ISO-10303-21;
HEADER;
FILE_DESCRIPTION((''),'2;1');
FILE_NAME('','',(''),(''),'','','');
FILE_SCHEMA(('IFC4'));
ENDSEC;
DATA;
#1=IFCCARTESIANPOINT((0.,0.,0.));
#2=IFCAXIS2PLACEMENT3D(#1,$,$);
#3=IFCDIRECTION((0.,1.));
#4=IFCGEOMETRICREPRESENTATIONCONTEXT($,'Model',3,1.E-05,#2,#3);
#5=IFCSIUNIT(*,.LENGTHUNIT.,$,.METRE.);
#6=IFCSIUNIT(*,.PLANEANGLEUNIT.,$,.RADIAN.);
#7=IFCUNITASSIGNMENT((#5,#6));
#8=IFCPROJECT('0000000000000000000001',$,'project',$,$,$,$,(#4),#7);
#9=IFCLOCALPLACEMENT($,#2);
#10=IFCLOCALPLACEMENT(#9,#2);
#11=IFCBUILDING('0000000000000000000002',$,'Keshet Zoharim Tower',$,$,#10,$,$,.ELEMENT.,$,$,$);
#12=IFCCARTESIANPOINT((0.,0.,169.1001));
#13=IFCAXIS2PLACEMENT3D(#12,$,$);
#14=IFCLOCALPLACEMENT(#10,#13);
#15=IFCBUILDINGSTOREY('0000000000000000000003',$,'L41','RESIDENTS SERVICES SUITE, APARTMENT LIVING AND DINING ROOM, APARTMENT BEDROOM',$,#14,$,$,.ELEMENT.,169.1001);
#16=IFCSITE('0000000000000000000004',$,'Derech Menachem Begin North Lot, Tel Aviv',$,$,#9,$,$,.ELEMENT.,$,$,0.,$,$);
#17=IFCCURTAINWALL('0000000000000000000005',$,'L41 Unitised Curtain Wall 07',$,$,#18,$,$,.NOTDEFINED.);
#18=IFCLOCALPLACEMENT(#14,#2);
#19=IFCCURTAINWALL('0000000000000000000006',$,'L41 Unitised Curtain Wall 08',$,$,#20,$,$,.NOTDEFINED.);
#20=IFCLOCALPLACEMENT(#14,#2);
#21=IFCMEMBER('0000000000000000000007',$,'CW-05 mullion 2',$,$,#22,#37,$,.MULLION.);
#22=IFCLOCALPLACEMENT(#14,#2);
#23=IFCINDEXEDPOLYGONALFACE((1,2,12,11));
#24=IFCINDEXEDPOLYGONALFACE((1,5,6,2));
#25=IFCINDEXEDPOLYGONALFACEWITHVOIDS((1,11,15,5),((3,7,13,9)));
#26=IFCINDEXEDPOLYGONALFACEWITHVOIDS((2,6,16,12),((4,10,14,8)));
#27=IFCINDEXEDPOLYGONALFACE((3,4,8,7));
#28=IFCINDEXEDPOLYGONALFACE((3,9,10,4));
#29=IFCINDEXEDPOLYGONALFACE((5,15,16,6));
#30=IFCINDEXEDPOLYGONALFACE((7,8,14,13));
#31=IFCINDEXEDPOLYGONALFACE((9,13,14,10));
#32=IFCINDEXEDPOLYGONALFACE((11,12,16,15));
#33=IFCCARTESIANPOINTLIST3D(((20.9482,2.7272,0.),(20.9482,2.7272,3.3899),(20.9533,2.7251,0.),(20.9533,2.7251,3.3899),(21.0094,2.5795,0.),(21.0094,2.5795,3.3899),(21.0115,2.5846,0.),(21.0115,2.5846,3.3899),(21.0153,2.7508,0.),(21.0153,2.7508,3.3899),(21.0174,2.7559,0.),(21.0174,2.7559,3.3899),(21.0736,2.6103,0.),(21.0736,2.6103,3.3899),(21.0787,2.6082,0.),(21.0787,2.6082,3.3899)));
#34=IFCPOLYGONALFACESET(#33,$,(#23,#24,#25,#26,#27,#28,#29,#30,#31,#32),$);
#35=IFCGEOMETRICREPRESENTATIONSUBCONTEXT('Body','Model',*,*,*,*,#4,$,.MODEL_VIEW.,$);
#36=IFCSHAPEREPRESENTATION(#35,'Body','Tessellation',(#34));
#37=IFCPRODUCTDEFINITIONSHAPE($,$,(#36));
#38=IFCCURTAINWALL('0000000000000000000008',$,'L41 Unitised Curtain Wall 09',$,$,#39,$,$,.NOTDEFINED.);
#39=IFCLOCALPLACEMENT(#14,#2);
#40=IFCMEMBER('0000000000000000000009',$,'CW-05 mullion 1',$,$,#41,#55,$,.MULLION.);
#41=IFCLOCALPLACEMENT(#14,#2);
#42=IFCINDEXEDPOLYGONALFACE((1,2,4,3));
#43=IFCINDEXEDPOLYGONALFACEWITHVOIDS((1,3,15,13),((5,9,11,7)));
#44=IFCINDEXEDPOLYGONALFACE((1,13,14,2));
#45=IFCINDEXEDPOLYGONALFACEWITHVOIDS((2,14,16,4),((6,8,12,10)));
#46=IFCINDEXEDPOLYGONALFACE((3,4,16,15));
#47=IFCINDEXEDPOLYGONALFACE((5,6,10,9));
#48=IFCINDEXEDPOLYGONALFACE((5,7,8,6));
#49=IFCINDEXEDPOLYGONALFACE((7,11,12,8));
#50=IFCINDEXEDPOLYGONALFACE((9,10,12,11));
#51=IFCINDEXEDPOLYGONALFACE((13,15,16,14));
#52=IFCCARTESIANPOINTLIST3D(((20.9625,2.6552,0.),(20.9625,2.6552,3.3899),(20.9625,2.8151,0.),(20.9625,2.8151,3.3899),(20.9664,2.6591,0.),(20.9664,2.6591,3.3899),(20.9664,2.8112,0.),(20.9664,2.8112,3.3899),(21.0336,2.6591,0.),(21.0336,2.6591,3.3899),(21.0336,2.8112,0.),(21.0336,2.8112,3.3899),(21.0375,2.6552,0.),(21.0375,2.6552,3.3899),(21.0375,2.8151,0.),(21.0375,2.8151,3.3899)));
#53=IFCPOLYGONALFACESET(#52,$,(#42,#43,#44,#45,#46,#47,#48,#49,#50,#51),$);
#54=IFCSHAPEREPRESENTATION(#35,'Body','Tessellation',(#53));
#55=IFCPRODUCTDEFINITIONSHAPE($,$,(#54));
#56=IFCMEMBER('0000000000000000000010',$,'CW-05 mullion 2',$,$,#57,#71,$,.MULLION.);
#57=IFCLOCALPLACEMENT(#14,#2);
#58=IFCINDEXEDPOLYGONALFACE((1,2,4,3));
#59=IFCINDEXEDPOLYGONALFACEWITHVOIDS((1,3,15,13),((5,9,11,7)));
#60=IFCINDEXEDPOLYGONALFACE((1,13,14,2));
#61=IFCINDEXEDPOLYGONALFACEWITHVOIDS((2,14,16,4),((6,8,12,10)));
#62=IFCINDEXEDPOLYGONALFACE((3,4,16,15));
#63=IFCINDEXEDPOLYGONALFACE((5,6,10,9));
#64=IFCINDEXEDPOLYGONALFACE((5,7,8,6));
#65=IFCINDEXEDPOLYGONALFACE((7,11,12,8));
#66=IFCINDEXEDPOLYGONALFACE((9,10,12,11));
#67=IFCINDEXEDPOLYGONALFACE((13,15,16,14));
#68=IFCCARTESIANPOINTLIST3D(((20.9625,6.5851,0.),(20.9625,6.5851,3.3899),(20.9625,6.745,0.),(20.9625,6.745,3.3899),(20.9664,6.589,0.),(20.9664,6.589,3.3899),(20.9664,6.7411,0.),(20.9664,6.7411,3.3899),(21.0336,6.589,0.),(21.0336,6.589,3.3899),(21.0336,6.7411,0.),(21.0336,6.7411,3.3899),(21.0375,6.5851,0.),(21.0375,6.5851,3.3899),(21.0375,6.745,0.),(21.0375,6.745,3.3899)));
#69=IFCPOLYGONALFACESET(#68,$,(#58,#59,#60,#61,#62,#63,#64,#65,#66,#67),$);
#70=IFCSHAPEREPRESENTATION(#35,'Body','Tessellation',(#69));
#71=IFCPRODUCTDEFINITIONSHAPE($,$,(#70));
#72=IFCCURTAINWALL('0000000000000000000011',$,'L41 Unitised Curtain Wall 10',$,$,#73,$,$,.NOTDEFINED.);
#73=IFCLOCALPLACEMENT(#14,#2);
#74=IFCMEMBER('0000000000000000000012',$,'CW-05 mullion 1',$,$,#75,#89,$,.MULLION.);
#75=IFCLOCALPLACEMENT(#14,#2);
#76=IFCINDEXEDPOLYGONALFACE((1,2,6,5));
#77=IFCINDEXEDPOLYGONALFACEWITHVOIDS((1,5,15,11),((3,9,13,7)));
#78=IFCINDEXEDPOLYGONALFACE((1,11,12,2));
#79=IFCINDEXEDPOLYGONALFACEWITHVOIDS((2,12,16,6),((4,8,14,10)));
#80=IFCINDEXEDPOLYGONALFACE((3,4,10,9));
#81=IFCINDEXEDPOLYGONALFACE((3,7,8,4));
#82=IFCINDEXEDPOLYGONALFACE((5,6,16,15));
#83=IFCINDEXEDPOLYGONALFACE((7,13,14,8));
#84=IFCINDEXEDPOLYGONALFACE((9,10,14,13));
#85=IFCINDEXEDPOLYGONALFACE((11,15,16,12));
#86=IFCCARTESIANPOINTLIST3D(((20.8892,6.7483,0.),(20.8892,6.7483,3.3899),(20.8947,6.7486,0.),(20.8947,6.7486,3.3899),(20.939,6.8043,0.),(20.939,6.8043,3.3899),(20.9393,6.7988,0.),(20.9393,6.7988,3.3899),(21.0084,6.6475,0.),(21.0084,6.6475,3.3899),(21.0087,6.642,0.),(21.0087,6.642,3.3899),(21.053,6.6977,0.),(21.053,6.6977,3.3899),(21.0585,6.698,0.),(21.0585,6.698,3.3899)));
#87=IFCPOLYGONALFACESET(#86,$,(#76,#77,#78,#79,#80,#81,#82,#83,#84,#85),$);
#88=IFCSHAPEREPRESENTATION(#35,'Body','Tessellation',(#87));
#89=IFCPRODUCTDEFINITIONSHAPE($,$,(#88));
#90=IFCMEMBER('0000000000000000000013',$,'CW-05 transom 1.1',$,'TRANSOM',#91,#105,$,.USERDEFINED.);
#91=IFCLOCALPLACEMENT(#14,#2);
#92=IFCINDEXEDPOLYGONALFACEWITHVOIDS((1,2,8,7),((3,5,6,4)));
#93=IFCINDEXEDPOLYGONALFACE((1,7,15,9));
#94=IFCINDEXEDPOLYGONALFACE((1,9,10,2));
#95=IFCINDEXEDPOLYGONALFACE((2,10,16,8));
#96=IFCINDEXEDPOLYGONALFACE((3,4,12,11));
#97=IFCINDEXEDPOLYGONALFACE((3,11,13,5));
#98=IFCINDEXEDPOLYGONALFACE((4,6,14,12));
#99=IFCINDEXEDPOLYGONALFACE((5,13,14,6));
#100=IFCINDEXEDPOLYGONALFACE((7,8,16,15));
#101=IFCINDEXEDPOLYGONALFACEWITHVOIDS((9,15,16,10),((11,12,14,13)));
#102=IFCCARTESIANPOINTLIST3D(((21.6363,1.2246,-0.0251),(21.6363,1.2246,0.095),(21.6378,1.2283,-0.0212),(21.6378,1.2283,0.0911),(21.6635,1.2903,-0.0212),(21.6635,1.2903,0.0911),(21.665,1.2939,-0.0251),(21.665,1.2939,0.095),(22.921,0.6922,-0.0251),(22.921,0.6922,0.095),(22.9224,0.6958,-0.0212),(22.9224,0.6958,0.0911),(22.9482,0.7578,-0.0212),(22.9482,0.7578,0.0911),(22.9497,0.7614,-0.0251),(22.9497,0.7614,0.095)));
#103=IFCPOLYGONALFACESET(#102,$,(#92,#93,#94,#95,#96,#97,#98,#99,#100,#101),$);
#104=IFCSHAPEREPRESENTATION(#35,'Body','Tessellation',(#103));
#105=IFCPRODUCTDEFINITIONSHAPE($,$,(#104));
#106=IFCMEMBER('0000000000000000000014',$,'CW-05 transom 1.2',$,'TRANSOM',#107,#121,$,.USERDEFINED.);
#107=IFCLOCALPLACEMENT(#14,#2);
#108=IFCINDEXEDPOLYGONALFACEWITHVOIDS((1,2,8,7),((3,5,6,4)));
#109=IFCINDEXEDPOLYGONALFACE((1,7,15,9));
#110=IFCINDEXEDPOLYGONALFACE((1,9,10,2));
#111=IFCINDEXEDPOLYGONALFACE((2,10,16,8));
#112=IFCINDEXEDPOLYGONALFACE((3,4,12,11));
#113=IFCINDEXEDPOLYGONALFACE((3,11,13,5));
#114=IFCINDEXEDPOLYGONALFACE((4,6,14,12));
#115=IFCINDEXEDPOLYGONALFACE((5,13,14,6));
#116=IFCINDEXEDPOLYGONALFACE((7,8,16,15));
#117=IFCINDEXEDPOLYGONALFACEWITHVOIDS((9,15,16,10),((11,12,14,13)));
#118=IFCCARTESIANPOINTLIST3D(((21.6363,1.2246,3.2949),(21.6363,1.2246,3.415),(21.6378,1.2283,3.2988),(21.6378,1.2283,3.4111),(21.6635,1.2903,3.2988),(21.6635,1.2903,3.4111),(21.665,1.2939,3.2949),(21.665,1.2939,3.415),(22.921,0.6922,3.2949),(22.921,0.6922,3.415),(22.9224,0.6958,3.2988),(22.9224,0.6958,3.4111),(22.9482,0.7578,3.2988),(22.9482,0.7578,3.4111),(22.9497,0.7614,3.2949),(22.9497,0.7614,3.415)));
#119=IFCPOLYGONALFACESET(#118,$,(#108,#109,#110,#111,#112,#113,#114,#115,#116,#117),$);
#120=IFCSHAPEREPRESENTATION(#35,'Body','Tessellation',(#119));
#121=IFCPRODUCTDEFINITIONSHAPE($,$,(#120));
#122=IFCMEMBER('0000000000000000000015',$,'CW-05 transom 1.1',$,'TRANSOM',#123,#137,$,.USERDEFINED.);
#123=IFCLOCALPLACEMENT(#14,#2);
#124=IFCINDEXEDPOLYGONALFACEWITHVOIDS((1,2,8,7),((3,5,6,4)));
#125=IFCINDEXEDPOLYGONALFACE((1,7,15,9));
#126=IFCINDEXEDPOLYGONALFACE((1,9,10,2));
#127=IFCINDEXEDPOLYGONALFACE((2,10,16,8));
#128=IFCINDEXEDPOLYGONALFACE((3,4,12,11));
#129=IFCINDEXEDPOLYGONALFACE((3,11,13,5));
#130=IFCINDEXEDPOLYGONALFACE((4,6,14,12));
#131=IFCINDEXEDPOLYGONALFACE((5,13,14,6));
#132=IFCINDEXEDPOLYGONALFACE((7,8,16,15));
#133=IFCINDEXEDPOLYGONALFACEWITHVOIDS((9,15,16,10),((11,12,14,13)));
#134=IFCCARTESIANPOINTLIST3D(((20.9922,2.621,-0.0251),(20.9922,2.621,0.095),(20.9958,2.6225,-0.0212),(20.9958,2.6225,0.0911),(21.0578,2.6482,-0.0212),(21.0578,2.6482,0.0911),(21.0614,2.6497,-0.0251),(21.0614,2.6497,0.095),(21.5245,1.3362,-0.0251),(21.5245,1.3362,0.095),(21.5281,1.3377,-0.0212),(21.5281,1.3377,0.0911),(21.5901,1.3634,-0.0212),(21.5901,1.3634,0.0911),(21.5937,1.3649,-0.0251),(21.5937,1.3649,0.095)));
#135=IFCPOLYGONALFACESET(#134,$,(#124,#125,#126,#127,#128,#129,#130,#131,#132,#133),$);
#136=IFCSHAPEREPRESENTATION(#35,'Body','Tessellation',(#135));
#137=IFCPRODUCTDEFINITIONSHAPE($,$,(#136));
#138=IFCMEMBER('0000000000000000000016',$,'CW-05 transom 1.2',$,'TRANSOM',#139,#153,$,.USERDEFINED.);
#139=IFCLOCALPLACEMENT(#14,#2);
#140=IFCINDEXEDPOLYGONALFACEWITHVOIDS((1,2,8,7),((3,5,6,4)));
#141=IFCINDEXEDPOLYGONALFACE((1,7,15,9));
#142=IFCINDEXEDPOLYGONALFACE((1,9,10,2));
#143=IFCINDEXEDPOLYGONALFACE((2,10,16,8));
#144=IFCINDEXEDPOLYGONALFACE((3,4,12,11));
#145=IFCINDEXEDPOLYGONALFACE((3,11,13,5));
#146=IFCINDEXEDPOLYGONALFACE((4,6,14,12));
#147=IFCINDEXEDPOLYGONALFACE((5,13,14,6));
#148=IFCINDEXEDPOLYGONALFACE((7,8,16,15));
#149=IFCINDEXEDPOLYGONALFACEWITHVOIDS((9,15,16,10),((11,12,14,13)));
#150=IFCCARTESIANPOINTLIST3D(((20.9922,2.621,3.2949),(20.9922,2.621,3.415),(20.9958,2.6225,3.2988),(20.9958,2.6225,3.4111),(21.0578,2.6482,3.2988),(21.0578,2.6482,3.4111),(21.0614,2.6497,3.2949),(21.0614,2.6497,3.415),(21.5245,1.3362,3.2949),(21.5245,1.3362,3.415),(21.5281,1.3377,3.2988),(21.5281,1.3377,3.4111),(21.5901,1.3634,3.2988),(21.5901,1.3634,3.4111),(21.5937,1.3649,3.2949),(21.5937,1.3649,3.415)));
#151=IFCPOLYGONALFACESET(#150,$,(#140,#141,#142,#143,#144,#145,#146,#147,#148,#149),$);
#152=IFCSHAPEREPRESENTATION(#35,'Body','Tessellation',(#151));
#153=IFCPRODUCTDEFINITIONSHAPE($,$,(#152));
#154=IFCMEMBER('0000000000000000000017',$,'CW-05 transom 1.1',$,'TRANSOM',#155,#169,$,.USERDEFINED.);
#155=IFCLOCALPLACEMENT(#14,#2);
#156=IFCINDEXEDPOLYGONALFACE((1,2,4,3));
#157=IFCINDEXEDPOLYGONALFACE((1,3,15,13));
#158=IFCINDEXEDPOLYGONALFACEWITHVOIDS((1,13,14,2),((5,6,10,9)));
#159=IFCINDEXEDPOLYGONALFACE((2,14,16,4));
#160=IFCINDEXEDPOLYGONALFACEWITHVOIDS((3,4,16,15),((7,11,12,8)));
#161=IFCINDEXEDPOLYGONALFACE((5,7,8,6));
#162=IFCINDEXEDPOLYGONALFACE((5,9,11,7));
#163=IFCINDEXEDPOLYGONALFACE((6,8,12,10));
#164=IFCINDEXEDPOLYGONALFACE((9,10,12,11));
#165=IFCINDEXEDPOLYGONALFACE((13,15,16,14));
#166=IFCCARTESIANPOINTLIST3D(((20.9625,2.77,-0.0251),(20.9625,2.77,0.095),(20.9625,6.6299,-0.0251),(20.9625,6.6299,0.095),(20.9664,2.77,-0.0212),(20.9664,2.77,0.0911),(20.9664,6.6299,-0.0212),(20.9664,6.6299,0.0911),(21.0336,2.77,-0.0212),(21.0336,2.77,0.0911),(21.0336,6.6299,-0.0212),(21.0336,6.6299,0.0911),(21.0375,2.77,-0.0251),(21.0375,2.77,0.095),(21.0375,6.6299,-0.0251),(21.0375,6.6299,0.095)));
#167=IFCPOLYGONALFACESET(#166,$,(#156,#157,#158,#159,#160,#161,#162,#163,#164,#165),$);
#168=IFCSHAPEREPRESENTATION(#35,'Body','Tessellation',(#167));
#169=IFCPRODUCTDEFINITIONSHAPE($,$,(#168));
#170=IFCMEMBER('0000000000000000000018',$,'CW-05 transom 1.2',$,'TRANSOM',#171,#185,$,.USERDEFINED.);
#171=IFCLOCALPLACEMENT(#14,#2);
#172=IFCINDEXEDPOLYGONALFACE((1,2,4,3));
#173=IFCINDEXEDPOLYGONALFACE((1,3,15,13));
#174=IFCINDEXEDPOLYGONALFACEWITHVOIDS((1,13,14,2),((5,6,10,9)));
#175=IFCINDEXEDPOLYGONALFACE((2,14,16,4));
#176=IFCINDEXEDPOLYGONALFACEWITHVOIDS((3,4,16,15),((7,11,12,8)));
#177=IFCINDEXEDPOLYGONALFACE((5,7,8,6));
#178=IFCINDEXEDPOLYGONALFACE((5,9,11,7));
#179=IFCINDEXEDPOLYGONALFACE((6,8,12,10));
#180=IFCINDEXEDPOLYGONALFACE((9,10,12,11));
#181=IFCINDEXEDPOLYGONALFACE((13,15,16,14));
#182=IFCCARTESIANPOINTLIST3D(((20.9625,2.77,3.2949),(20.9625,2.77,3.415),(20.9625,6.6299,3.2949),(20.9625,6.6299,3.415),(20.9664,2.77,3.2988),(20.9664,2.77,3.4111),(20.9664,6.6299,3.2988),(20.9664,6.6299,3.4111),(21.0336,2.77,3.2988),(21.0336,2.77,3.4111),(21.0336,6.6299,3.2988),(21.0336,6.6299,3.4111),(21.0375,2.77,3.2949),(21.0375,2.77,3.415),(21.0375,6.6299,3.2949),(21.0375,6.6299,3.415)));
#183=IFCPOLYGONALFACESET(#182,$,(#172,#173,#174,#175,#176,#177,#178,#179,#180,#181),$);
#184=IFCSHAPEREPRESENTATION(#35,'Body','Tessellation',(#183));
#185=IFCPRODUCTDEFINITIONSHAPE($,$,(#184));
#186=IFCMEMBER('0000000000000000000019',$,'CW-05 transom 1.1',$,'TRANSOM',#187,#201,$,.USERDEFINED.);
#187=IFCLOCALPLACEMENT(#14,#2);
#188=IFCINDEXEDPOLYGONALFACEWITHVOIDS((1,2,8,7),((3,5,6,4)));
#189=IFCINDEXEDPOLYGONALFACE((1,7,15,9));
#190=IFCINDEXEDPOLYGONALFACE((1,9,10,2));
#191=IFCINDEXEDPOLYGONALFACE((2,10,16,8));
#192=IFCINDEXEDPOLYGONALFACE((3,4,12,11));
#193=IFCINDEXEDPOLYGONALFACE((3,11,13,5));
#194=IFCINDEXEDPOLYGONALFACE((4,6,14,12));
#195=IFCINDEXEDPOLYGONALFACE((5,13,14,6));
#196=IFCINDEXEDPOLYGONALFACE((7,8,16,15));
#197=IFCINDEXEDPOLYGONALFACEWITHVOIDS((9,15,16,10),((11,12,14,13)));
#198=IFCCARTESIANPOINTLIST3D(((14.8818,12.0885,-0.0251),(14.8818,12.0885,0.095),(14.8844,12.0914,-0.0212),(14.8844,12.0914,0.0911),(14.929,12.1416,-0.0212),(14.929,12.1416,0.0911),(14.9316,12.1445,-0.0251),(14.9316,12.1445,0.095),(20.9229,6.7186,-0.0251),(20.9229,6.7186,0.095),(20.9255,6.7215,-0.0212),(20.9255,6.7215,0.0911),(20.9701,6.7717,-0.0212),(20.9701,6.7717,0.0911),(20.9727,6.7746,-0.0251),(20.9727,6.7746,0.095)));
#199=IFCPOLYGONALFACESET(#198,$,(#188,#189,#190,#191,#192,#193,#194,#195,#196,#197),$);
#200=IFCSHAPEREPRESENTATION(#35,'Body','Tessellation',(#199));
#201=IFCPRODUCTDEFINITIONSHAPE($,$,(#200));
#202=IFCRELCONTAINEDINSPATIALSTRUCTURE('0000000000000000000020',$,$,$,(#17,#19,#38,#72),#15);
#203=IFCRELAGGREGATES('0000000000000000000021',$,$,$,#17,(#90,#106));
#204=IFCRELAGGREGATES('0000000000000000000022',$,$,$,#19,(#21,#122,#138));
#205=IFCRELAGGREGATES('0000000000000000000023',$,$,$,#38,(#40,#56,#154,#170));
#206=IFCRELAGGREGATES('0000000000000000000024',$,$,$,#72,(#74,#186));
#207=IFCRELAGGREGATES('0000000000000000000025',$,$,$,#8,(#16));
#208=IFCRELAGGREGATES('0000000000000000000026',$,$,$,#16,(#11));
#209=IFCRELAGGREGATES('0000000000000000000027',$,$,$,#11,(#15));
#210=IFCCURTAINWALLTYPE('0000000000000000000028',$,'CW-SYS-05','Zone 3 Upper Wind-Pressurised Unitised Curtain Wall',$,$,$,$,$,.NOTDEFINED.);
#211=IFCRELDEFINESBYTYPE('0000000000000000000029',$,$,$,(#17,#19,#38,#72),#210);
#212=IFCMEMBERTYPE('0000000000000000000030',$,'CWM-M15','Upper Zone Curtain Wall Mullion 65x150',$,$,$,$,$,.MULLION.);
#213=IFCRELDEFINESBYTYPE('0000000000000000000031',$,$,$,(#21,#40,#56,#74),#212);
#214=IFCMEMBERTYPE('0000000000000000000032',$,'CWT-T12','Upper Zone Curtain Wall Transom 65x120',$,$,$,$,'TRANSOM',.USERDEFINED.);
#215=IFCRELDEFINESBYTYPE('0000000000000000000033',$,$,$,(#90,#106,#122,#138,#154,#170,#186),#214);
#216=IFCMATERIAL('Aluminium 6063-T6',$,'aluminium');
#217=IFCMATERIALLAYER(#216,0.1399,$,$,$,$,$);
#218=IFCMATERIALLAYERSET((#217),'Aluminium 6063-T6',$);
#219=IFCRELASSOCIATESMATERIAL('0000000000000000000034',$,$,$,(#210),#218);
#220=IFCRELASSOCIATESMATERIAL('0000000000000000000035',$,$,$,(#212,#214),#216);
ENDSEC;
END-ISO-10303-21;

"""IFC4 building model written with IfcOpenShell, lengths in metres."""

from ifc_helpers import new_model, si_unit, direction, frame, origin, origin_2d, place, context, subcontext, project, spatial, hollow_rectangle, extrude, material, layer, layer_set, material_profile, profile_set, type_object, element, aggregate, save


model = new_model("IFC4")

# Units and contexts
model_context = context("Model", 3, precision=1e-05, world=origin(), true_north=direction((0.0, 1.0)))
body_context = subcontext(model_context, "Body", "Model", "MODEL_VIEW")
ifc_project = project(units=[si_unit("LENGTHUNIT", "METRE"), si_unit("PLANEANGLEUNIT", "RADIAN")], contexts=[model_context])

# Site, building, storey
site_placement = place(None, origin())
site = spatial("IfcSite", under=ifc_project, at=site_placement, Name="Derech Menachem Begin North Lot, Tel Aviv", CompositionType="ELEMENT", RefElevation=0.0)
building_placement = place(site_placement, origin())
building = spatial("IfcBuilding", under=site, at=building_placement, Name="Keshet Zoharim Tower", CompositionType="ELEMENT")
storey_placement = place(building_placement, frame((0.0, 0.0, 169.1001)))
storey = spatial("IfcBuildingStorey", under=building, at=storey_placement, Name="L41", Description="RESIDENTS SERVICES SUITE, APARTMENT LIVING AND DINING ROOM, APARTMENT BEDROOM", CompositionType="ELEMENT", Elevation=169.1001)

# Shared definitions
ifc_material_1 = material(Name="Aluminium 6063-T6", Category="aluminium")
ifc_layer_1 = layer(ifc_material_1, 0.1399)
ifc_layer_set_1 = layer_set([ifc_layer_1], Name="Aluminium 6063-T6")
curtain_wall_type = type_object("IfcCurtainWallType", Name="CW-SYS-05", Description="Zone 3 Upper Wind-Pressurised Unitised Curtain Wall", PredefinedType="NOTDEFINED", material=ifc_layer_set_1)
ifc_material_profile_1 = material_profile(ifc_material_1, hollow_rectangle(XDim=0.075, YDim=0.1599, WallThickness=0.0039, at=origin_2d()), Name="MUL-75x160")
ifc_profile_set_1 = profile_set([ifc_material_profile_1], Name="Aluminium 6063-T6")
member_type_1 = type_object("IfcMemberType", Name="CWM-M15", Description="Upper Zone Curtain Wall Mullion 65x150", PredefinedType="MULLION", material=ifc_profile_set_1)

# Curtain walls, members
curtain_wall_1_placement = place(storey_placement, origin())
curtain_wall_1 = element("IfcCurtainWall", 1, at=curtain_wall_1_placement, inside=storey, type_object=curtain_wall_type, Name="L41 Unitised Curtain Wall 07", PredefinedType="NOTDEFINED")
curtain_wall_2_placement = place(storey_placement, origin())
curtain_wall_2 = element("IfcCurtainWall", 2, at=curtain_wall_2_placement, inside=storey, type_object=curtain_wall_type, Name="L41 Unitised Curtain Wall 08", PredefinedType="NOTDEFINED")
member_1_placement = place(storey_placement, frame((21.0134, 2.6677, 0.0), z_axis=(0.0, 0.0, 1.0), x_axis=(-0.92381, -0.382852, 0.0)))
member_1 = element("IfcMember", 3, at=member_1_placement, type_object=member_type_1, Name="CW-05 mullion 2", PredefinedType="MULLION", context=body_context, shape_type="SweptSolid", body=[
    extrude(hollow_rectangle(XDim=0.075, YDim=0.1599, WallThickness=0.0039, at=origin_2d()), origin(), (0.0, 0.0, 1.0), 3.3899),
])
curtain_wall_3_placement = place(storey_placement, origin())
curtain_wall_3 = element("IfcCurtainWall", 4, at=curtain_wall_3_placement, inside=storey, type_object=curtain_wall_type, Name="L41 Unitised Curtain Wall 09", PredefinedType="NOTDEFINED")
member_2_placement = place(storey_placement, frame((21.0, 2.7351, 0.0), z_axis=(0.0, 0.0, 1.0), x_axis=(-1.0, 0.0, 0.0)))
member_2 = element("IfcMember", 5, at=member_2_placement, type_object=member_type_1, Name="CW-05 mullion 1", PredefinedType="MULLION", context=body_context, shape_type="SweptSolid", body=[
    extrude(hollow_rectangle(XDim=0.075, YDim=0.1599, WallThickness=0.0039, at=origin_2d()), origin(), (0.0, 0.0, 1.0), 3.3899),
])
member_3_placement = place(storey_placement, frame((21.0, 6.665, 0.0), z_axis=(0.0, 0.0, 1.0), x_axis=(-1.0, 0.0, 0.0)))
member_3 = element("IfcMember", 6, at=member_3_placement, type_object=member_type_1, Name="CW-05 mullion 2", PredefinedType="MULLION", context=body_context, shape_type="SweptSolid", body=[
    extrude(hollow_rectangle(XDim=0.075, YDim=0.1599, WallThickness=0.0039, at=origin_2d()), origin(), (0.0, 0.0, 1.0), 3.3899),
])

# Curtain wall, member
curtain_wall_4_placement = place(storey_placement, origin())
curtain_wall_4 = element("IfcCurtainWall", 7, at=curtain_wall_4_placement, inside=storey, type_object=curtain_wall_type, Name="L41 Unitised Curtain Wall 10", PredefinedType="NOTDEFINED")
member_4_placement = place(storey_placement, frame((20.9739, 6.7231, 0.0), z_axis=(0.0, 0.0, 1.0), x_axis=(-0.664368, -0.747406, 0.0)))
member_4 = element("IfcMember", 8, at=member_4_placement, type_object=member_type_1, Name="CW-05 mullion 1", PredefinedType="MULLION", context=body_context, shape_type="SweptSolid", body=[
    extrude(hollow_rectangle(XDim=0.075, YDim=0.1599, WallThickness=0.0039, at=origin_2d()), origin(), (0.0, 0.0, 1.0), 3.3899),
])

# Members
ifc_material_profile_2 = material_profile(ifc_material_1, hollow_rectangle(XDim=0.075, YDim=0.1201, WallThickness=0.0039, at=origin_2d()), Name="TRN-75x120")
ifc_profile_set_2 = profile_set([ifc_material_profile_2], Name="Aluminium 6063-T6")
member_type_2 = type_object("IfcMemberType", Name="CWT-T12", Description="Upper Zone Curtain Wall Transom 65x120", ElementType="TRANSOM", PredefinedType="USERDEFINED", material=ifc_profile_set_2)
member_5_placement = place(storey_placement, frame((22.9353, 0.7268, 0.0349), z_axis=(-0.923792, 0.382894, 0.0), x_axis=(-0.382894, -0.923792, 0.0)))
member_5 = element("IfcMember", 9, at=member_5_placement, type_object=member_type_2, Name="CW-05 transom 1.1", ObjectType="TRANSOM", PredefinedType="USERDEFINED", context=body_context, shape_type="SweptSolid", body=[
    extrude(hollow_rectangle(XDim=0.075, YDim=0.1201, WallThickness=0.0039, at=origin_2d()), origin(), (0.0, 0.0, 1.0), 1.3906),
])
member_6_placement = place(storey_placement, frame((22.9353, 0.7268, 3.355), z_axis=(-0.923792, 0.382894, 0.0), x_axis=(-0.382894, -0.923792, 0.0)))
member_6 = element("IfcMember", 10, at=member_6_placement, type_object=member_type_2, Name="CW-05 transom 1.2", ObjectType="TRANSOM", PredefinedType="USERDEFINED", context=body_context, shape_type="SweptSolid", body=[
    extrude(hollow_rectangle(XDim=0.075, YDim=0.1201, WallThickness=0.0039, at=origin_2d()), origin(), (0.0, 0.0, 1.0), 1.3906),
])
member_7_placement = place(storey_placement, frame((21.5591, 1.3506, 0.0349), z_axis=(-0.382745, 0.923854, 0.0), x_axis=(-0.923854, -0.382745, 0.0)))
member_7 = element("IfcMember", 11, at=member_7_placement, type_object=member_type_2, Name="CW-05 transom 1.1", ObjectType="TRANSOM", PredefinedType="USERDEFINED", context=body_context, shape_type="SweptSolid", body=[
    extrude(hollow_rectangle(XDim=0.075, YDim=0.1201, WallThickness=0.0039, at=origin_2d()), origin(), (0.0, 0.0, 1.0), 1.3906),
])
member_8_placement = place(storey_placement, frame((21.5591, 1.3506, 3.355), z_axis=(-0.382745, 0.923854, 0.0), x_axis=(-0.923854, -0.382745, 0.0)))
member_8 = element("IfcMember", 12, at=member_8_placement, type_object=member_type_2, Name="CW-05 transom 1.2", ObjectType="TRANSOM", PredefinedType="USERDEFINED", context=body_context, shape_type="SweptSolid", body=[
    extrude(hollow_rectangle(XDim=0.075, YDim=0.1201, WallThickness=0.0039, at=origin_2d()), origin(), (0.0, 0.0, 1.0), 1.3906),
])
member_9_placement = place(storey_placement, frame((21.0, 2.77, 0.0349), z_axis=(0.0, 1.0, 0.0), x_axis=(-1.0, 0.0, 0.0)))
member_9 = element("IfcMember", 13, at=member_9_placement, type_object=member_type_2, Name="CW-05 transom 1.1", ObjectType="TRANSOM", PredefinedType="USERDEFINED", context=body_context, shape_type="SweptSolid", body=[
    extrude(hollow_rectangle(XDim=0.075, YDim=0.1201, WallThickness=0.0039, at=origin_2d()), origin(), (0.0, 0.0, 1.0), 3.8599),
])
member_10_placement = place(storey_placement, frame((21.0, 2.77, 3.355), z_axis=(0.0, 1.0, 0.0), x_axis=(-1.0, 0.0, 0.0)))
member_10 = element("IfcMember", 14, at=member_10_placement, type_object=member_type_2, Name="CW-05 transom 1.2", ObjectType="TRANSOM", PredefinedType="USERDEFINED", context=body_context, shape_type="SweptSolid", body=[
    extrude(hollow_rectangle(XDim=0.075, YDim=0.1201, WallThickness=0.0039, at=origin_2d()), origin(), (0.0, 0.0, 1.0), 3.8599),
])
member_11_placement = place(storey_placement, frame((20.9478, 6.7466, 0.0349), z_axis=(-0.747404, 0.664369, 0.0), x_axis=(-0.664369, -0.747404, 0.0)))
member_11 = element("IfcMember", 15, at=member_11_placement, type_object=member_type_2, Name="CW-05 transom 1.1", ObjectType="TRANSOM", PredefinedType="USERDEFINED", context=body_context, shape_type="SweptSolid", body=[
    extrude(hollow_rectangle(XDim=0.075, YDim=0.1201, WallThickness=0.0039, at=origin_2d()), origin(), (0.0, 0.0, 1.0), 8.0828),
])

aggregate(curtain_wall_1, [member_5, member_6])
aggregate(curtain_wall_2, [member_1, member_7, member_8])
aggregate(curtain_wall_3, [member_2, member_3, member_9, member_10])
aggregate(curtain_wall_4, [member_4, member_11])

save(model, "model.ifc")
